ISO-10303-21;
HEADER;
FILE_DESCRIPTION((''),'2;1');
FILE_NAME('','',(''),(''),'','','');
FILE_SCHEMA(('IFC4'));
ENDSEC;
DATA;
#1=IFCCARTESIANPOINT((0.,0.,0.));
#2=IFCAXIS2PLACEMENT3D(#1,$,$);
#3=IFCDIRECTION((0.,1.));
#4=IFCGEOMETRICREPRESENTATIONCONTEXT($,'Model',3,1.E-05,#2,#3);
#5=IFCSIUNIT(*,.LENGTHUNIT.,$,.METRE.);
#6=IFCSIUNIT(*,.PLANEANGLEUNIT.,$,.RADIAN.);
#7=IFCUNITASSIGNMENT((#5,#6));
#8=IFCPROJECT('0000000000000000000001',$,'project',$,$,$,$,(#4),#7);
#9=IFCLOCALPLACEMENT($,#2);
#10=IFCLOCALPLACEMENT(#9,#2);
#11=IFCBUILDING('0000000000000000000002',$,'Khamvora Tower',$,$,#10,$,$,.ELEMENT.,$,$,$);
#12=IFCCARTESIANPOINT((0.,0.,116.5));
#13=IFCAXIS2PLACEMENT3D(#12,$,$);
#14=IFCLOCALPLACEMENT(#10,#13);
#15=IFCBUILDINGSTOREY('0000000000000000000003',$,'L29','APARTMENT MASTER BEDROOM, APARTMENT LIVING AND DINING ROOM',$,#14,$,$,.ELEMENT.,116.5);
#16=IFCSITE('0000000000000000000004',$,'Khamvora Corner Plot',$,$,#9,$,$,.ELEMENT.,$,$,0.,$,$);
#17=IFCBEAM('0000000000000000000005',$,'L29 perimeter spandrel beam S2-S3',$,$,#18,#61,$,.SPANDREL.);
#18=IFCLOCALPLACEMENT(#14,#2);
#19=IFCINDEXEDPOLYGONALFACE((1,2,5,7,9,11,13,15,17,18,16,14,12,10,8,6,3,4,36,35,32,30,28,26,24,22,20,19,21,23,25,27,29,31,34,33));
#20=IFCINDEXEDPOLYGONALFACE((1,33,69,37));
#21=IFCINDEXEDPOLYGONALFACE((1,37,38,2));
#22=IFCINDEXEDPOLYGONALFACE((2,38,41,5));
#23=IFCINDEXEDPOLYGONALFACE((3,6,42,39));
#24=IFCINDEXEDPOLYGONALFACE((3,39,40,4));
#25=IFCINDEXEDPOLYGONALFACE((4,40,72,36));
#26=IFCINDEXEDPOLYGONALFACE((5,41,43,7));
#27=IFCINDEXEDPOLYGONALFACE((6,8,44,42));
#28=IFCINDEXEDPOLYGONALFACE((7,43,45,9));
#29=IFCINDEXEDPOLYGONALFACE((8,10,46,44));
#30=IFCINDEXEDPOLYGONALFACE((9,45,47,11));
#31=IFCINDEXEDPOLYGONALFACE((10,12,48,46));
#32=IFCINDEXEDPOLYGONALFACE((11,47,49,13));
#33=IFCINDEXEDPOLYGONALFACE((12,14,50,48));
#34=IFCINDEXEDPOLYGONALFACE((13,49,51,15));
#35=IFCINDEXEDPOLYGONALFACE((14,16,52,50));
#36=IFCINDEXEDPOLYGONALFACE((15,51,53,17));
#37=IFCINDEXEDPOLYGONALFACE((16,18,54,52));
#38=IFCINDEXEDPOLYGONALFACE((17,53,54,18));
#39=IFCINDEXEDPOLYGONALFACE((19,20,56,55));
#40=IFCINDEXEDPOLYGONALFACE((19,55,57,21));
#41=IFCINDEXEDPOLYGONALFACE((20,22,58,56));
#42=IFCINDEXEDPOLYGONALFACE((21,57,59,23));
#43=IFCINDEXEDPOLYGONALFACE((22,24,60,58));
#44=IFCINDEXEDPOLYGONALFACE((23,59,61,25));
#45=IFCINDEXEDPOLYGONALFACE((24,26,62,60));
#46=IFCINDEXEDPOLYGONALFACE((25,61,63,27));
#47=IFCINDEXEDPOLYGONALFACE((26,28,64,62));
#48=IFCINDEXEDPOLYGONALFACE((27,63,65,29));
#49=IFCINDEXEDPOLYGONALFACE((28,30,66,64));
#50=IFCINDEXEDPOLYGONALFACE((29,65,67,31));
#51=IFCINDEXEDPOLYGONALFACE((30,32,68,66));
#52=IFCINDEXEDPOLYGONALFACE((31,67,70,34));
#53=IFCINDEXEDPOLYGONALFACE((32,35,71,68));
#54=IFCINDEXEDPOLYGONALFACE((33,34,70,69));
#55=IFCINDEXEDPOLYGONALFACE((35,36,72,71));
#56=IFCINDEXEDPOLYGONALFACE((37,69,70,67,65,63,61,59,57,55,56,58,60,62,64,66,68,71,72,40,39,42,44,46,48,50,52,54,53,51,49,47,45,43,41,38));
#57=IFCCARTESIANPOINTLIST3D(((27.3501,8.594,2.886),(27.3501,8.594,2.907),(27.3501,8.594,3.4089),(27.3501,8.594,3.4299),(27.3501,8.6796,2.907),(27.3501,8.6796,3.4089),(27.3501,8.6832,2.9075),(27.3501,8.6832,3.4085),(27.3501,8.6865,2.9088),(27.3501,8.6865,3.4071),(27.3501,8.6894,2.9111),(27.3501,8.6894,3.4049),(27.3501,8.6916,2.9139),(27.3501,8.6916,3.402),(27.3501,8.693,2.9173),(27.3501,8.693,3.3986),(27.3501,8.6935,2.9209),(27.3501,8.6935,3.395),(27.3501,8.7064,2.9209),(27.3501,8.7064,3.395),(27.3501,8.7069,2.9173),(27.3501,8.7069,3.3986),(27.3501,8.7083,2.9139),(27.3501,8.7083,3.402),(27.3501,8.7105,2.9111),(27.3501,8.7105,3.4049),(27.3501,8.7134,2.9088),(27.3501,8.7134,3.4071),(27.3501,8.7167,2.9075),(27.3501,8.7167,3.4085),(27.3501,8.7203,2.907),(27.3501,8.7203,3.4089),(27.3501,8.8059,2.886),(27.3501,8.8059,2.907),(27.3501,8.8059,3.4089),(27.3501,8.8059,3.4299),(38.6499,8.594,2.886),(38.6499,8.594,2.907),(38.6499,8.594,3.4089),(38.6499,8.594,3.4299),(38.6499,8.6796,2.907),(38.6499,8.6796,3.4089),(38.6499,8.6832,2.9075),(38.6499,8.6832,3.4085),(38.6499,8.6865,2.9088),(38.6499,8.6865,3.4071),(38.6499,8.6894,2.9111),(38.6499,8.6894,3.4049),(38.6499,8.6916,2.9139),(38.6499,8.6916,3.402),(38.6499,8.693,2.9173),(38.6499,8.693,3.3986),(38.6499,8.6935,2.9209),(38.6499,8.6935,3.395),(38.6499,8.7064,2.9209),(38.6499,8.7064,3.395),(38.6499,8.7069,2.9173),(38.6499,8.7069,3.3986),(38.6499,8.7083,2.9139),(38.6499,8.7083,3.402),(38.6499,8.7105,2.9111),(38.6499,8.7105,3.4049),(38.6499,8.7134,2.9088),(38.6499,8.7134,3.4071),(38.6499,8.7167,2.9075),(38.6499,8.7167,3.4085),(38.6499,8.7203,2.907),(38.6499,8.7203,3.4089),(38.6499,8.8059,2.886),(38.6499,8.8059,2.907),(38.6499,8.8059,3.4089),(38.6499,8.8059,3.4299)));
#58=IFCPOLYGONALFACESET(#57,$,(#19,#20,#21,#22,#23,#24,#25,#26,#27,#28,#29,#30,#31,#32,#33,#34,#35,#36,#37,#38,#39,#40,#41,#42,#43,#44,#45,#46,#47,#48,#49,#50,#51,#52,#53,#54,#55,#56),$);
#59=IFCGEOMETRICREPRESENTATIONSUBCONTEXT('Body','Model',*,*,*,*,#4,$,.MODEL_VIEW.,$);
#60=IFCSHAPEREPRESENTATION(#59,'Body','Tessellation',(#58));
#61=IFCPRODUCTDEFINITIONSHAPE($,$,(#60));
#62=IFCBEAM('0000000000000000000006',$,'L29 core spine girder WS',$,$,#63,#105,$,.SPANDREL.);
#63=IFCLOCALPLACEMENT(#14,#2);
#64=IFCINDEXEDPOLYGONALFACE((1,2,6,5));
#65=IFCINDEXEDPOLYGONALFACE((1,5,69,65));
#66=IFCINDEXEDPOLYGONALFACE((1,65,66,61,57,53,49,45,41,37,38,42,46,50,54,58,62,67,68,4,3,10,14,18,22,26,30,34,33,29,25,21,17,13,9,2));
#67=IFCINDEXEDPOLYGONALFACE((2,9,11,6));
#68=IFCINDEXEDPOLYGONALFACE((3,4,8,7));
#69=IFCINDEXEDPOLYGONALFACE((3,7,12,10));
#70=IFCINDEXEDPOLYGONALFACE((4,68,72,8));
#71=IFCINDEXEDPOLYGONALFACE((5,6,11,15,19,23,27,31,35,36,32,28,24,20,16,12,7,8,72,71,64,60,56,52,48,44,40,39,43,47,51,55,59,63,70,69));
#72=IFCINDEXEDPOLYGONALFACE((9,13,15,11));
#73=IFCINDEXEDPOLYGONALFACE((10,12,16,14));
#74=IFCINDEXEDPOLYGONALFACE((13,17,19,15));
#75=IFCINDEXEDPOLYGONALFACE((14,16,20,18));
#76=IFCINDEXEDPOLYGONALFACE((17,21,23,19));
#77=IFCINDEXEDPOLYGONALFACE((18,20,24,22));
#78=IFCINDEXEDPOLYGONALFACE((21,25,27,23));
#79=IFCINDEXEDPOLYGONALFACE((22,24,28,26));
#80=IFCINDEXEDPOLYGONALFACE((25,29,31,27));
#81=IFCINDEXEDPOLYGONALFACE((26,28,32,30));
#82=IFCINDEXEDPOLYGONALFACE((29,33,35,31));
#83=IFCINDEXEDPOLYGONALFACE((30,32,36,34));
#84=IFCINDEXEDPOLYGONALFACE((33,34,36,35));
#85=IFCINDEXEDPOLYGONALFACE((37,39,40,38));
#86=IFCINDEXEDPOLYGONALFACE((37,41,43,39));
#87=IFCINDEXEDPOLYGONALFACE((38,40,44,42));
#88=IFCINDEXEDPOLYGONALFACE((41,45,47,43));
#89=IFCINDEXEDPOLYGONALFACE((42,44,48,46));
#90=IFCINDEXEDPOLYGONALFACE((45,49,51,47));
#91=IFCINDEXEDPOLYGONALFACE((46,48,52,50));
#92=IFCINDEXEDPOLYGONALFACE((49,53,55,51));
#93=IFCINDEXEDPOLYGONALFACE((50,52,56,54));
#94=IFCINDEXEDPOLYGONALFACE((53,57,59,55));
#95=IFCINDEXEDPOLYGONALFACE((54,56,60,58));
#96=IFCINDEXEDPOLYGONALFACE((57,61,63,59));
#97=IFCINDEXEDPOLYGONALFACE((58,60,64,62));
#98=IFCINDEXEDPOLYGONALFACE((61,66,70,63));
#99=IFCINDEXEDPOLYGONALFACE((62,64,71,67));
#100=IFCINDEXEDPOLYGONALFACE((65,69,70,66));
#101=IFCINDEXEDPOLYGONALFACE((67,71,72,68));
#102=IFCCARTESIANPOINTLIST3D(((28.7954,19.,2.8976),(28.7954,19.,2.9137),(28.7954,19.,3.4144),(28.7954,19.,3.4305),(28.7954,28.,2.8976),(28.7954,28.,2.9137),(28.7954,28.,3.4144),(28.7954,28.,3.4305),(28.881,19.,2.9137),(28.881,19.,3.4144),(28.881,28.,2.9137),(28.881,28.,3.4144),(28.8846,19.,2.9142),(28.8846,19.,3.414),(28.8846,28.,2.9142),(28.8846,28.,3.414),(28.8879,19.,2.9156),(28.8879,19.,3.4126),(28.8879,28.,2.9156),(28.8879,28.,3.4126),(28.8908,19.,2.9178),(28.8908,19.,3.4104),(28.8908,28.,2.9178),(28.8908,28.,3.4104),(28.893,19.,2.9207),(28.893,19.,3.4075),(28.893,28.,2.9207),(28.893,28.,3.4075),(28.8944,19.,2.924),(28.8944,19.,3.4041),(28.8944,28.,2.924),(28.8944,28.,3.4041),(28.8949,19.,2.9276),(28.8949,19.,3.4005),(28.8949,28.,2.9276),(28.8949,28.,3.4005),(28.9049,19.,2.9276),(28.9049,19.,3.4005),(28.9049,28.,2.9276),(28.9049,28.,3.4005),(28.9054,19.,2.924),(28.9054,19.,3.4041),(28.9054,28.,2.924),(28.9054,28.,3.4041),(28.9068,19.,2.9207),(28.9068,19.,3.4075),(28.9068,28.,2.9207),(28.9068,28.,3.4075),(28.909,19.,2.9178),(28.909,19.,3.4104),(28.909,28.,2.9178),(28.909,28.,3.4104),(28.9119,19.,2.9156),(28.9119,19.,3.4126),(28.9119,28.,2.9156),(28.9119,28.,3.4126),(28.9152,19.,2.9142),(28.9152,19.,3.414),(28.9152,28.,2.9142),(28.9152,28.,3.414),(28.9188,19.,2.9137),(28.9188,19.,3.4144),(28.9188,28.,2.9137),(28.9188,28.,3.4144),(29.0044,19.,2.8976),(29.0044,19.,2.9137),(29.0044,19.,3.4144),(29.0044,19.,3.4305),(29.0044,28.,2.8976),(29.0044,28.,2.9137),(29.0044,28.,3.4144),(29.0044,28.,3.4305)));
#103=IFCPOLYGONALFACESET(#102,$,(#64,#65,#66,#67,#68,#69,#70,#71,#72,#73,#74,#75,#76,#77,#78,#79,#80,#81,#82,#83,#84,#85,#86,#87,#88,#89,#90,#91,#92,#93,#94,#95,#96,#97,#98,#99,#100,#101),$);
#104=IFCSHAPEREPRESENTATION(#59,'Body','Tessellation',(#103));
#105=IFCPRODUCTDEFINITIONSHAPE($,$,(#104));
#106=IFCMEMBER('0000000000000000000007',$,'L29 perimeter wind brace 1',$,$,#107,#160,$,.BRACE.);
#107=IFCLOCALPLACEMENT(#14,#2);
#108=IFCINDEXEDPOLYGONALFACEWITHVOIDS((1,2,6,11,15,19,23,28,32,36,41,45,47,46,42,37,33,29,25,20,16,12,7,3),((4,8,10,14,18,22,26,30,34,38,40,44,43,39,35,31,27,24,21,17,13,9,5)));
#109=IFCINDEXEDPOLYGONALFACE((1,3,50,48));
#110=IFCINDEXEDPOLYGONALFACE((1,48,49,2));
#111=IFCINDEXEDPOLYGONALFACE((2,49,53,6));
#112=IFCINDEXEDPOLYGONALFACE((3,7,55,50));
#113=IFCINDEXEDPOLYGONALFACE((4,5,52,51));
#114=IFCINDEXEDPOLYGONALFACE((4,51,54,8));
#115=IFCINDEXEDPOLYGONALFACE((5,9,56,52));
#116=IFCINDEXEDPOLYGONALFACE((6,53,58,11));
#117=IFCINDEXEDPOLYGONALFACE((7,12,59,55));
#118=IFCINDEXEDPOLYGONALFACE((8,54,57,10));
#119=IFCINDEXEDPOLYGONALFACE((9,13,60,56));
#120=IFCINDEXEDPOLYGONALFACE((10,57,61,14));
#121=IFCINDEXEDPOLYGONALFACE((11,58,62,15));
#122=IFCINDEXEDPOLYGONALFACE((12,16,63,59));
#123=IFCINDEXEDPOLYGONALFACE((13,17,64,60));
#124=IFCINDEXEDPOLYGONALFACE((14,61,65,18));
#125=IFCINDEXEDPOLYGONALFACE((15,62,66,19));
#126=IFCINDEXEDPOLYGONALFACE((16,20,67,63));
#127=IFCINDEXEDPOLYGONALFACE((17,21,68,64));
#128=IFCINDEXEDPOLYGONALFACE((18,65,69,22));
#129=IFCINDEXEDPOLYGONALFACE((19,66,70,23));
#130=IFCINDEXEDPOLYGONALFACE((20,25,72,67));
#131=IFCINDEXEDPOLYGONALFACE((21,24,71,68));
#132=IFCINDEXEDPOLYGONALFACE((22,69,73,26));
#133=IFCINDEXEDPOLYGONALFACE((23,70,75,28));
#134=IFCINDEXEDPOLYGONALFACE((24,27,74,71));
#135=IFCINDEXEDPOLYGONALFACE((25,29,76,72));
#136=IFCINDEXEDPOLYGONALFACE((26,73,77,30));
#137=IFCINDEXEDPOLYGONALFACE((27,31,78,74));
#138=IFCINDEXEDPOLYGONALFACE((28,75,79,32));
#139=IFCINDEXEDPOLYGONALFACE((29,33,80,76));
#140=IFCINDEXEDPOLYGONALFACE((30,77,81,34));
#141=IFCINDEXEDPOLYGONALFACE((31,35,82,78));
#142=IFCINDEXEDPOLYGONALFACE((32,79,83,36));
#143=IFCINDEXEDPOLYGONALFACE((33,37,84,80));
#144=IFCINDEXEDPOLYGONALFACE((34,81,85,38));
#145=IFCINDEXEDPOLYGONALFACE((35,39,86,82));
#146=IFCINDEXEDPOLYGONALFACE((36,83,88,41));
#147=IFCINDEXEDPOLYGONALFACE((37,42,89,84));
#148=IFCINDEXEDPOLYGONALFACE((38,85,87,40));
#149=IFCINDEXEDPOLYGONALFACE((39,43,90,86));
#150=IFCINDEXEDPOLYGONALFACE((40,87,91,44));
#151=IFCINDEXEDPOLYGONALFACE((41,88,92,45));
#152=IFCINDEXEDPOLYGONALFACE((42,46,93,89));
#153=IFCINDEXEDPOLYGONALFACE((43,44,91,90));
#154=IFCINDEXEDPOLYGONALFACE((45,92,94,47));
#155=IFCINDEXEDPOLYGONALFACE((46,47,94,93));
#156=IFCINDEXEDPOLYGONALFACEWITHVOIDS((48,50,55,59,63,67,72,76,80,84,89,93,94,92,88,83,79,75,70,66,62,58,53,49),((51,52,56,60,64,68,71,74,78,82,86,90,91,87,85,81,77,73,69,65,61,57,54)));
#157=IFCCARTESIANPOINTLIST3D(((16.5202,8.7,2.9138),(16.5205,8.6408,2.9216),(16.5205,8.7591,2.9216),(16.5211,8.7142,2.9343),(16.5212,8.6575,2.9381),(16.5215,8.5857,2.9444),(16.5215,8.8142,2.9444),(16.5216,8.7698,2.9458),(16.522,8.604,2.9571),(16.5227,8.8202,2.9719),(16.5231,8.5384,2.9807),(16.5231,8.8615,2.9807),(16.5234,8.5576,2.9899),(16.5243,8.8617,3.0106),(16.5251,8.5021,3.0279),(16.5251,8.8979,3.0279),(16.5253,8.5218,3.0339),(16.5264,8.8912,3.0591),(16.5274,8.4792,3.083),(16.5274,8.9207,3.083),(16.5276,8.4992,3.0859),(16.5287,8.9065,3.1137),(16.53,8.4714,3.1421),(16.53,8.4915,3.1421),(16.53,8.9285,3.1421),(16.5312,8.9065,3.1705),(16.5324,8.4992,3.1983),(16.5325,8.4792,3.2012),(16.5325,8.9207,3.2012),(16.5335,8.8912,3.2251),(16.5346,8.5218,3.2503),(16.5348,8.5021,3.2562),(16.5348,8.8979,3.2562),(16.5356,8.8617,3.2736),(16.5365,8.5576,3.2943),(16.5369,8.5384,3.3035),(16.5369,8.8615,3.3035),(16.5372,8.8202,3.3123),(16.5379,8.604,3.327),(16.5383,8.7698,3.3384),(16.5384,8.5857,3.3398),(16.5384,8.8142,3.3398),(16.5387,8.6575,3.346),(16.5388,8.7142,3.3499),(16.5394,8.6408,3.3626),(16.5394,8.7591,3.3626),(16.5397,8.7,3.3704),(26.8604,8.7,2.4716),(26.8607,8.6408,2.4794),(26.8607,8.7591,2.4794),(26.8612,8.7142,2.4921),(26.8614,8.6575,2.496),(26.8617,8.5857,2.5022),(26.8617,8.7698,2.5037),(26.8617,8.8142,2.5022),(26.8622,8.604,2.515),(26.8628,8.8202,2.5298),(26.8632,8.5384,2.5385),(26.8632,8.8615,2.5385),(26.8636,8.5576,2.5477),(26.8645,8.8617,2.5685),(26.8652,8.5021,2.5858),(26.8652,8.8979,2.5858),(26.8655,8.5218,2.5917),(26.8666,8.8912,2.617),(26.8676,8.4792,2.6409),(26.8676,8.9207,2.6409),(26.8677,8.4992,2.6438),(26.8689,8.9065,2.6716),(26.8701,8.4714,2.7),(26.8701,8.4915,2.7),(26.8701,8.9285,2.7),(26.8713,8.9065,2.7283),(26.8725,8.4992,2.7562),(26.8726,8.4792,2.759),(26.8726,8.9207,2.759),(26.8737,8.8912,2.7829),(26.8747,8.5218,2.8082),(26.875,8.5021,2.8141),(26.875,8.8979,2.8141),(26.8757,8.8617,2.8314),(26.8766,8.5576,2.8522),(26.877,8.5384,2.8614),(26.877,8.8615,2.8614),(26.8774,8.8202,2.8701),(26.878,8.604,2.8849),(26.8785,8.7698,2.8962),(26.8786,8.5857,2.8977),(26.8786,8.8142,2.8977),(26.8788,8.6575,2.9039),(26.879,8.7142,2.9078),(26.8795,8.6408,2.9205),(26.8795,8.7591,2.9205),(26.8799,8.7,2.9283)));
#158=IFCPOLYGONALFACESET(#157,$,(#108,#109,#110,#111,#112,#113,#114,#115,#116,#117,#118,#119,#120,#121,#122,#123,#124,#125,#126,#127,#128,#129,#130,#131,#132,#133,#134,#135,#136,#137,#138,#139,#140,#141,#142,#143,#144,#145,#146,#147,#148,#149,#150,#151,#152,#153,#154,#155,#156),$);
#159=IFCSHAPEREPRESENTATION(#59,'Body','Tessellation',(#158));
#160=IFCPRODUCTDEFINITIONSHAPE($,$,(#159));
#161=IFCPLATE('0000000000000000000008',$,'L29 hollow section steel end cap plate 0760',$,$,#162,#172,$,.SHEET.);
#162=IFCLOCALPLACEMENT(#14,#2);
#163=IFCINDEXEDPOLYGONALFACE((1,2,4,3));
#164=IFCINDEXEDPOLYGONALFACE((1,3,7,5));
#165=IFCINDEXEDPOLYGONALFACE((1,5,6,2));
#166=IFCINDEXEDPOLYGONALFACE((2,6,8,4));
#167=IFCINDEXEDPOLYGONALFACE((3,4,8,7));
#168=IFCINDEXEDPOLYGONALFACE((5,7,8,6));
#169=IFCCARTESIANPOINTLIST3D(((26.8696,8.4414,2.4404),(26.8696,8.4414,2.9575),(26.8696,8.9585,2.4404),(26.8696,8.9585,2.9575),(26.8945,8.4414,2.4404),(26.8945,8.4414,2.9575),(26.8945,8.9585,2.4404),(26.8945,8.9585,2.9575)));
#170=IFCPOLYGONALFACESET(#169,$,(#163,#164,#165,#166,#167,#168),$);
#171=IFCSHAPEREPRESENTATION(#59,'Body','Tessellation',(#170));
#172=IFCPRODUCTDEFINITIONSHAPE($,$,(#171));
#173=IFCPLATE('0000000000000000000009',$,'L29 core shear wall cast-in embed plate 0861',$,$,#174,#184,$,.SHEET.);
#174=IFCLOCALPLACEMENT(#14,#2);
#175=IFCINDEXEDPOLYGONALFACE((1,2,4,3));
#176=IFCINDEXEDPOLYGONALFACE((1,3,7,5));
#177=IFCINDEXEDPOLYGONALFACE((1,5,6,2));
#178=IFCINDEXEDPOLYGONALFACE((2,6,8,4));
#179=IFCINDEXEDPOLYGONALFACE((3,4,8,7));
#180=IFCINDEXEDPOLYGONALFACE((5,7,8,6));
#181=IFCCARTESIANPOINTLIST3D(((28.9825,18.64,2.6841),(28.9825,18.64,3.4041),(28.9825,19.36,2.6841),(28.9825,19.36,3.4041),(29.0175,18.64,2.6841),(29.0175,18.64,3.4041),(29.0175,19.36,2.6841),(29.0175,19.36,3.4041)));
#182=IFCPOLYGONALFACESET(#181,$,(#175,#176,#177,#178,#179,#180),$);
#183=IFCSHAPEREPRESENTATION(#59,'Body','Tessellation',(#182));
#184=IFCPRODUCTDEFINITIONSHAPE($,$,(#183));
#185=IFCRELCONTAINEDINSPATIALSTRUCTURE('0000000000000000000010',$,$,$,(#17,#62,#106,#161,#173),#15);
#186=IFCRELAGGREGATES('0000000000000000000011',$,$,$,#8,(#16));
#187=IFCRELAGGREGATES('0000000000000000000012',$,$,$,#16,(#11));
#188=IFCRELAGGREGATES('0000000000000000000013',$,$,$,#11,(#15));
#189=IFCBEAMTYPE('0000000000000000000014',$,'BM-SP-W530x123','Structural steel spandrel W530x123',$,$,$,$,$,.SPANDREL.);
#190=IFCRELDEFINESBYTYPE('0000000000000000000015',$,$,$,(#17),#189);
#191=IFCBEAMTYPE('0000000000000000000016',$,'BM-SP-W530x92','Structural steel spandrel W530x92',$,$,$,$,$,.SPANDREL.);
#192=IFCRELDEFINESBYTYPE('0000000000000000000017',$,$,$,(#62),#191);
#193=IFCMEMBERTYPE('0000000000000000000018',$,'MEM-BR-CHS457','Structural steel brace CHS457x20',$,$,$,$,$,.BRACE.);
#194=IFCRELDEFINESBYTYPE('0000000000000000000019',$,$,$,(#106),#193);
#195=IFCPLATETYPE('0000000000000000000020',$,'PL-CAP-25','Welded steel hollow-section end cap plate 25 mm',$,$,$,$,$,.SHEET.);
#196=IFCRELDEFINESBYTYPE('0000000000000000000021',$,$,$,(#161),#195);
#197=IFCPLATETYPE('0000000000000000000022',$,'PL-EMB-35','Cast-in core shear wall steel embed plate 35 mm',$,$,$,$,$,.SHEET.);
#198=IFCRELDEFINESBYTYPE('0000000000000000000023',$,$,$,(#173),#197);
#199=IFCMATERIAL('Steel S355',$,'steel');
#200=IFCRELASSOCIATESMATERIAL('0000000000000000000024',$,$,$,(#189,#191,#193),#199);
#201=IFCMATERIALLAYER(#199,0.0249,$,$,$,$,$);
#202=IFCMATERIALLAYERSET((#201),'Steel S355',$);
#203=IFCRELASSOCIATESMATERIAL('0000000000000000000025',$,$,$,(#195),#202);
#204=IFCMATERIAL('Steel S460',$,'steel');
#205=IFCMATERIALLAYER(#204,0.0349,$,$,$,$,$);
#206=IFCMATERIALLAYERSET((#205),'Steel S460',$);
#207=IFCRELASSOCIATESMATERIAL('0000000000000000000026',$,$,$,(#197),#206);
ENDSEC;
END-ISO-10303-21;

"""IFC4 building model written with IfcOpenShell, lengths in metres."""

from ifc_helpers import new_model, si_unit, direction, frame, origin, origin_2d, place, context, subcontext, project, spatial, rectangle, hollow_circle, i_section, extrude, material, layer, layer_set, material_profile, profile_set, type_object, element, save


model = new_model("IFC4")

# Units and contexts
model_context = context("Model", 3, precision=1e-05, world=origin(), true_north=direction((0.0, 1.0)))
body_context = subcontext(model_context, "Body", "Model", "MODEL_VIEW")
ifc_project = project(units=[si_unit("LENGTHUNIT", "METRE"), si_unit("PLANEANGLEUNIT", "RADIAN")], contexts=[model_context])

# Site, building, storey
site_placement = place(None, origin())
site = spatial("IfcSite", under=ifc_project, at=site_placement, Name="Khamvora Corner Plot", CompositionType="ELEMENT", RefElevation=0.0)
building_placement = place(site_placement, origin())
building = spatial("IfcBuilding", under=site, at=building_placement, Name="Khamvora Tower", CompositionType="ELEMENT")
storey_placement = place(building_placement, frame((0.0, 0.0, 116.5)))
storey = spatial("IfcBuildingStorey", under=building, at=storey_placement, Name="L29", Description="APARTMENT MASTER BEDROOM, APARTMENT LIVING AND DINING ROOM", CompositionType="ELEMENT", Elevation=116.5)

# Shared definitions
ifc_material_1 = material(Name="Steel S355", Category="steel")
ifc_material_2 = material(Name="Steel S460", Category="steel")

# Beams
ifc_material_profile_1 = material_profile(ifc_material_1, i_section(OverallWidth=0.2119, OverallDepth=0.5439, WebThickness=0.0129, FlangeThickness=0.021, FilletRadius=0.0139, at=origin_2d()), Name="W530x123")
ifc_profile_set_1 = profile_set([ifc_material_profile_1], Name="Steel S355")
beam_type_1 = type_object("IfcBeamType", Name="BM-SP-W530x123", Description="Structural steel spandrel W530x123", PredefinedType="SPANDREL", material=ifc_profile_set_1)
beam_1_placement = place(storey_placement, frame((27.3501, 8.7, 3.158), z_axis=(1.0, 0.0, 0.0), x_axis=(0.0, 1.0, 0.0)))
element("IfcBeam", 1, at=beam_1_placement, inside=storey, type_object=beam_type_1, Name="L29 perimeter spandrel beam S2-S3", PredefinedType="SPANDREL", context=body_context, shape_type="SweptSolid", body=[
    extrude(i_section(OverallWidth=0.2119, OverallDepth=0.5439, WebThickness=0.0129, FlangeThickness=0.021, FilletRadius=0.0139, at=origin_2d()), origin(), (0.0, 0.0, 1.0), 11.2998),
])
ifc_material_profile_2 = material_profile(ifc_material_1, i_section(OverallWidth=0.209, OverallDepth=0.533, WebThickness=0.01, FlangeThickness=0.0161, FilletRadius=0.0139, at=origin_2d()), Name="W530x92")
ifc_profile_set_2 = profile_set([ifc_material_profile_2], Name="Steel S355")
beam_type_2 = type_object("IfcBeamType", Name="BM-SP-W530x92", Description="Structural steel spandrel W530x92", PredefinedType="SPANDREL", material=ifc_profile_set_2)
beam_2_placement = place(storey_placement, frame((28.8999, 19.0, 3.1641), z_axis=(0.0, 1.0, 0.0), x_axis=(-1.0, 0.0, 0.0)))
element("IfcBeam", 2, at=beam_2_placement, inside=storey, type_object=beam_type_2, Name="L29 core spine girder WS", PredefinedType="SPANDREL", context=body_context, shape_type="SweptSolid", body=[
    extrude(i_section(OverallWidth=0.209, OverallDepth=0.533, WebThickness=0.01, FlangeThickness=0.0161, FilletRadius=0.0139, at=origin_2d()), origin(), (0.0, 0.0, 1.0), 9.0),
])

# Member
ifc_material_profile_3 = material_profile(ifc_material_1, hollow_circle(Radius=0.2285, WallThickness=0.02, at=origin_2d()), Name="CHS457x20")
ifc_profile_set_3 = profile_set([ifc_material_profile_3], Name="Steel S355")
member_type = type_object("IfcMemberType", Name="MEM-BR-CHS457", Description="Structural steel brace CHS457x20", PredefinedType="BRACE", material=ifc_profile_set_3)
member_placement = place(storey_placement, frame((26.8701, 8.7, 2.7), z_axis=(-0.999087, 0.0, 0.042721), x_axis=(0.0, -1.0, 0.0)))
element("IfcMember", 3, at=member_placement, inside=storey, type_object=member_type, Name="L29 perimeter wind brace 1", PredefinedType="BRACE", context=body_context, shape_type="SweptSolid", body=[
    extrude(hollow_circle(Radius=0.2285, WallThickness=0.02, at=origin_2d()), origin(), (0.0, 0.0, 1.0), 10.3496),
])

# Plates
ifc_layer_1 = layer(ifc_material_1, 0.0249)
ifc_layer_set_1 = layer_set([ifc_layer_1], Name="Steel S355")
plate_type_1 = type_object("IfcPlateType", Name="PL-CAP-25", Description="Welded steel hollow-section end cap plate 25 mm", PredefinedType="SHEET", material=ifc_layer_set_1)
plate_1_placement = place(storey_placement, frame((26.8821, 8.7, 2.4404), z_axis=(0.0, 0.0, 1.0), x_axis=(-1.0, 0.0, 0.0)))
element("IfcPlate", 4, at=plate_1_placement, inside=storey, type_object=plate_type_1, Name="L29 hollow section steel end cap plate 0760", PredefinedType="SHEET", context=body_context, shape_type="SweptSolid", body=[
    extrude(rectangle(XDim=0.0249, YDim=0.5171, at=origin_2d()), origin(), (0.0, 0.0, 1.0), 0.5171),
])
ifc_layer_2 = layer(ifc_material_2, 0.0349)
ifc_layer_set_2 = layer_set([ifc_layer_2], Name="Steel S460")
plate_type_2 = type_object("IfcPlateType", Name="PL-EMB-35", Description="Cast-in core shear wall steel embed plate 35 mm", PredefinedType="SHEET", material=ifc_layer_set_2)
for number, where, z_axis, x_axis, name in (
    (5, (29.0, 19.0, 2.6841), (0.0, 0.0, 1.0), (1.0, 0.0, 0.0), "L29 core shear wall cast-in embed plate 0861"),
):
    element("IfcPlate", number, at=place(storey_placement, frame(where, z_axis=z_axis, x_axis=x_axis)), inside=storey, type_object=plate_type_2, Name=name, PredefinedType="SHEET", context=body_context, shape_type="SweptSolid", body=[
        extrude(rectangle(XDim=0.0349, YDim=0.72, at=origin_2d()), origin(), (0.0, 0.0, 1.0), 0.72),
    ])

save(model, "model.ifc")
